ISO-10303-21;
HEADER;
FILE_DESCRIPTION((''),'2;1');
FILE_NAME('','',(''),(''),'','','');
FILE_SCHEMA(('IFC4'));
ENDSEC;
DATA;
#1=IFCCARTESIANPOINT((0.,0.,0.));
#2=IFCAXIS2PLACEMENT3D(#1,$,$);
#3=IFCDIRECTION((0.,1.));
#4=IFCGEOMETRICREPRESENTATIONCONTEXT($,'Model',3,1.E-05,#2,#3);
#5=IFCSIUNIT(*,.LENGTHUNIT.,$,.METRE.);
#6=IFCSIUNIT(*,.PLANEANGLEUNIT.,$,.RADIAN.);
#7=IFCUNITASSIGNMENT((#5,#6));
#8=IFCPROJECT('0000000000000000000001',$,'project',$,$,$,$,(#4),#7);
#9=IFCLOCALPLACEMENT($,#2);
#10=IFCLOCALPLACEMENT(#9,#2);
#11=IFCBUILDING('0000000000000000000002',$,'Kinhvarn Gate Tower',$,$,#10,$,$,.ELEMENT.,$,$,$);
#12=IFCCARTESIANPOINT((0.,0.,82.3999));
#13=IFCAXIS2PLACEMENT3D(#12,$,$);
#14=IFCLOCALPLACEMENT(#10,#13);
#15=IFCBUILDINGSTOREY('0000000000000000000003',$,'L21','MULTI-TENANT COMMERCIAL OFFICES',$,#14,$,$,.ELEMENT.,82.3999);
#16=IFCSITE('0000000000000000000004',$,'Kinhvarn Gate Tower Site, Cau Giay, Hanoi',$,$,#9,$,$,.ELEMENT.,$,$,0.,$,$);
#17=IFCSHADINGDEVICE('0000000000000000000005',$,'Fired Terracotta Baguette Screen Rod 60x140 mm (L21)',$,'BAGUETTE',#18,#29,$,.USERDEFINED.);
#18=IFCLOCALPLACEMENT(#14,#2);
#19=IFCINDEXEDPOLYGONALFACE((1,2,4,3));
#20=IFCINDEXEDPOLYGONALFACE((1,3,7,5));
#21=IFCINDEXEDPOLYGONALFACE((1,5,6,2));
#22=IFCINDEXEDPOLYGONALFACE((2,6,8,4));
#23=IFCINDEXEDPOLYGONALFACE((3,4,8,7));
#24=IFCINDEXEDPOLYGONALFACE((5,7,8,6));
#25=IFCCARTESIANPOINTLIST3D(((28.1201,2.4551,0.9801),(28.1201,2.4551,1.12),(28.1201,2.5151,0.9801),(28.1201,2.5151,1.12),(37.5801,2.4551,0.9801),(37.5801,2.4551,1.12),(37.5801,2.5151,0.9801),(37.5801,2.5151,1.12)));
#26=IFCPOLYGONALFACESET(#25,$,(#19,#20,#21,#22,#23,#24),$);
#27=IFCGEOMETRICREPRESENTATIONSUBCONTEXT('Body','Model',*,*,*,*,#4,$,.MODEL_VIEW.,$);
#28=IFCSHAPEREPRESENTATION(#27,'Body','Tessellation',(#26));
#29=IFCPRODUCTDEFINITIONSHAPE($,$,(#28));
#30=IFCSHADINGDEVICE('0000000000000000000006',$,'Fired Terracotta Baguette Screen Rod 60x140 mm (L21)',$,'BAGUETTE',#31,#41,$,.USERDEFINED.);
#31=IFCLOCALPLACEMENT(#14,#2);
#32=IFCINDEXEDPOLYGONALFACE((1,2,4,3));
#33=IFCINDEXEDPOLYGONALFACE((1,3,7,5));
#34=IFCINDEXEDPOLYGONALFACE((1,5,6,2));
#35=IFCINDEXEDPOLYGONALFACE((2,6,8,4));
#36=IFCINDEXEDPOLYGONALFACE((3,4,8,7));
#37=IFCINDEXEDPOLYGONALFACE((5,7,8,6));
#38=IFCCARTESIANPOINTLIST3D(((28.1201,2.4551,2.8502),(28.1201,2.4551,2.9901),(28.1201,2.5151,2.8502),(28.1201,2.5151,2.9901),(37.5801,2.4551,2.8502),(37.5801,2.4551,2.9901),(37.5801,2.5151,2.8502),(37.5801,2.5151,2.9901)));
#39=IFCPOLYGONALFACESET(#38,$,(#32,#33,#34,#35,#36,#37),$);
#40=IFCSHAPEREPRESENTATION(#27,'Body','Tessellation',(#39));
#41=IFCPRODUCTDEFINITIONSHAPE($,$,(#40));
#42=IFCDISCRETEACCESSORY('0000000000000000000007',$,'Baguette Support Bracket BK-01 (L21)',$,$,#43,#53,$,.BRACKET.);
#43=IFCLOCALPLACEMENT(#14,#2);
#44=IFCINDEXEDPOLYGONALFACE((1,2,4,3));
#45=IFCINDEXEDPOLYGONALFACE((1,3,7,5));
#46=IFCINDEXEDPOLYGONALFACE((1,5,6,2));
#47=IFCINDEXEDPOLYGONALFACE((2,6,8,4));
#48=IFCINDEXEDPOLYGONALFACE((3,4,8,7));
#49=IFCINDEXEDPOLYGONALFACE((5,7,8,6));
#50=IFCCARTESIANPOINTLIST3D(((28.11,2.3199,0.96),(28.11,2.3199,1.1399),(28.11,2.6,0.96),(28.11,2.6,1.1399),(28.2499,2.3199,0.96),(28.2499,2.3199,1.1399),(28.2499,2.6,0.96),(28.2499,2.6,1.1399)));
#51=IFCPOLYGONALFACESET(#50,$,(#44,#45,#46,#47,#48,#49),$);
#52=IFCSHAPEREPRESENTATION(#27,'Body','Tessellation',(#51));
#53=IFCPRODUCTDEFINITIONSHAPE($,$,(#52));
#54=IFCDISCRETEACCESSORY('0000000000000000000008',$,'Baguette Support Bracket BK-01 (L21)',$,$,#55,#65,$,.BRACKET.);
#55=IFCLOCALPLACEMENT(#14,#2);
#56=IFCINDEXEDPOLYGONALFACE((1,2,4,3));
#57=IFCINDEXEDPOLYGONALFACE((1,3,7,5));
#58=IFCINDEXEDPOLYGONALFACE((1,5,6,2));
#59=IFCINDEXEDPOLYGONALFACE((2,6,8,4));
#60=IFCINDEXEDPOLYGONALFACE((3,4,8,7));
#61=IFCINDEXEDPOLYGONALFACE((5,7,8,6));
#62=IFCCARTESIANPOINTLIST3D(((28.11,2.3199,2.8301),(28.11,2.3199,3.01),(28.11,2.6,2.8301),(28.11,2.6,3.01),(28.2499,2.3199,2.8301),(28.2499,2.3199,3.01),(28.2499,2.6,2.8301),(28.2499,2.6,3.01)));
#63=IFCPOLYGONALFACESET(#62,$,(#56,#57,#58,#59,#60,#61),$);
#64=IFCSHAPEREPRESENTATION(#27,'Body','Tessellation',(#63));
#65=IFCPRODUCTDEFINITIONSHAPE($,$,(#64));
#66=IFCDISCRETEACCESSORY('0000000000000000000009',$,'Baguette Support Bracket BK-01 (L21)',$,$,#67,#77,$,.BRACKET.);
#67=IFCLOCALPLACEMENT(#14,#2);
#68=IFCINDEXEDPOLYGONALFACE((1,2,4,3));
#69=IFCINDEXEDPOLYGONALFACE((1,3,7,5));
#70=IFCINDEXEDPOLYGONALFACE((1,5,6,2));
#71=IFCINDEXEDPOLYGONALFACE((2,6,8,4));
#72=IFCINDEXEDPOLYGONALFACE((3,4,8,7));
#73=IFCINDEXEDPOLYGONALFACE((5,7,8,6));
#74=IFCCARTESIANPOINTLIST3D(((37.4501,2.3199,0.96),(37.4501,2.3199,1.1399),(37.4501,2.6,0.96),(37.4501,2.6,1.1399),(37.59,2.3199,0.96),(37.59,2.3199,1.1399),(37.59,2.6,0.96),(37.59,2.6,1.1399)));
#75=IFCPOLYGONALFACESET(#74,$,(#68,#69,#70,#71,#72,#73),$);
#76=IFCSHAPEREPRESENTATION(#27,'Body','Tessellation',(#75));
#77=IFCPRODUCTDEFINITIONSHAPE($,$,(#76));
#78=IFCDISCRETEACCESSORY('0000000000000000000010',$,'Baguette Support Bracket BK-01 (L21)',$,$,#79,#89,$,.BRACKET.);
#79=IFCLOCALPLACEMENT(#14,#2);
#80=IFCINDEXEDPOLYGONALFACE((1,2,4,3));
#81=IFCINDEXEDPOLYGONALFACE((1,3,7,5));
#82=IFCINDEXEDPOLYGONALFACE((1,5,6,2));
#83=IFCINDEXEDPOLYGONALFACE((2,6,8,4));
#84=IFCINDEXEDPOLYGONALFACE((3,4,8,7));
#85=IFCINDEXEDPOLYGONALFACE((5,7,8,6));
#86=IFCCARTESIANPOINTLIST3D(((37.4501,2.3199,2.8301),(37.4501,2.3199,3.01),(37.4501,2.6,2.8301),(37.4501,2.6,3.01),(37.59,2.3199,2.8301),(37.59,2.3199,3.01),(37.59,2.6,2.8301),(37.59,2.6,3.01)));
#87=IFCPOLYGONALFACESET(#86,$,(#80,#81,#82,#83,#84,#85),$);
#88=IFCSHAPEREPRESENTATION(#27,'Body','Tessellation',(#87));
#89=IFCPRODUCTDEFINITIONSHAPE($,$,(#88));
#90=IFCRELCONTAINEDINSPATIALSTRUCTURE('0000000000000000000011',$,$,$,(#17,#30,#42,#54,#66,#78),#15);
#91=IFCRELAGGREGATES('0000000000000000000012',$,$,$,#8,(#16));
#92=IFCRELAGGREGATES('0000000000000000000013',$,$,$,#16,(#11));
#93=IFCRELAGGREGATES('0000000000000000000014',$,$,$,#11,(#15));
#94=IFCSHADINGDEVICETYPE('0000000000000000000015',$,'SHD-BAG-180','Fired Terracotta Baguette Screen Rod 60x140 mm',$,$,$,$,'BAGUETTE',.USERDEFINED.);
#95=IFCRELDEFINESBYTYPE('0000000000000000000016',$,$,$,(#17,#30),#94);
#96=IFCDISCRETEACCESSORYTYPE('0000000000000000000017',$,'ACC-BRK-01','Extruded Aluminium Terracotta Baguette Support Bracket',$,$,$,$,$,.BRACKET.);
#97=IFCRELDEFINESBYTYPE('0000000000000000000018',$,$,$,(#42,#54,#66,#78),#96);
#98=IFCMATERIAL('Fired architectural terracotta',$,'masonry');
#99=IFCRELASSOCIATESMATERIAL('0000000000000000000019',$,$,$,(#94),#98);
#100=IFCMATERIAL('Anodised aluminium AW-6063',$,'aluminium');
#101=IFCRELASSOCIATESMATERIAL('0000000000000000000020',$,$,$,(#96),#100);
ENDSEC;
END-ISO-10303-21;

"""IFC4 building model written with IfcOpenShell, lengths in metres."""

from ifc_helpers import new_model, si_unit, direction, frame, origin, origin_2d, place, context, subcontext, project, spatial, rectangle, extrude, material, material_profile, profile_set, type_object, element, save


model = new_model("IFC4")

# Units and contexts
model_context = context("Model", 3, precision=1e-05, world=origin(), true_north=direction((0.0, 1.0)))
body_context = subcontext(model_context, "Body", "Model", "MODEL_VIEW")
ifc_project = project(units=[si_unit("LENGTHUNIT", "METRE"), si_unit("PLANEANGLEUNIT", "RADIAN")], contexts=[model_context])

# Site, building, storey
site_placement = place(None, origin())
site = spatial("IfcSite", under=ifc_project, at=site_placement, Name="Kinhvarn Gate Tower Site, Cau Giay, Hanoi", CompositionType="ELEMENT", RefElevation=0.0)
building_placement = place(site_placement, origin())
building = spatial("IfcBuilding", under=site, at=building_placement, Name="Kinhvarn Gate Tower", CompositionType="ELEMENT")
storey_placement = place(building_placement, frame((0.0, 0.0, 82.3999)))
storey = spatial("IfcBuildingStorey", under=building, at=storey_placement, Name="L21", Description="MULTI-TENANT COMMERCIAL OFFICES", CompositionType="ELEMENT", Elevation=82.3999)

# Shared definitions
ifc_material_1 = material(Name="Anodised aluminium AW-6063", Category="aluminium")

# Shading devices
ifc_material_2 = material(Name="Fired architectural terracotta", Category="masonry")
ifc_material_profile_1 = material_profile(ifc_material_2, rectangle(XDim=0.0601, YDim=0.1399, at=origin_2d()), Name="TC 60x140")
ifc_profile_set_1 = profile_set([ifc_material_profile_1], Name="Fired architectural terracotta")
shading_device_type = type_object("IfcShadingDeviceType", Name="SHD-BAG-180", Description="Fired Terracotta Baguette Screen Rod 60x140 mm", ElementType="BAGUETTE", PredefinedType="USERDEFINED", material=ifc_profile_set_1)
for number, where, z_axis, x_axis, name in (
    (1, (28.1201, 2.4851, 1.05), (1.0, 0.0, 0.0), (0.0, 1.0, 0.0), "Fired Terracotta Baguette Screen Rod 60x140 mm (L21)"),
    (2, (28.1201, 2.4851, 2.9202), (1.0, 0.0, 0.0), (0.0, 1.0, 0.0), "Fired Terracotta Baguette Screen Rod 60x140 mm (L21)"),
):
    element("IfcShadingDevice", number, at=place(storey_placement, frame(where, z_axis=z_axis, x_axis=x_axis)), inside=storey, type_object=shading_device_type, Name=name, ObjectType="BAGUETTE", PredefinedType="USERDEFINED", context=body_context, shape_type="SweptSolid", body=[
        extrude(rectangle(XDim=0.0601, YDim=0.1399, at=origin_2d()), origin(), (0.0, 0.0, 1.0), 9.46),
    ])

# Discrete accessories
discrete_accessory_type = type_object("IfcDiscreteAccessoryType", Name="ACC-BRK-01", Description="Extruded Aluminium Terracotta Baguette Support Bracket", PredefinedType="BRACKET", material=ifc_material_1)
for number, where, z_axis, x_axis, name in (
    (3, (28.1799, 2.46, 0.96), (0.0, 0.0, 1.0), (1.0, 0.0, 0.0), "Baguette Support Bracket BK-01 (L21)"),
    (4, (28.1799, 2.46, 2.8301), (0.0, 0.0, 1.0), (1.0, 0.0, 0.0), "Baguette Support Bracket BK-01 (L21)"),
    (5, (37.52, 2.46, 0.96), (0.0, 0.0, 1.0), (1.0, 0.0, 0.0), "Baguette Support Bracket BK-01 (L21)"),
    (6, (37.52, 2.46, 2.8301), (0.0, 0.0, 1.0), (1.0, 0.0, 0.0), "Baguette Support Bracket BK-01 (L21)"),
):
    element("IfcDiscreteAccessory", number, at=place(storey_placement, frame(where, z_axis=z_axis, x_axis=x_axis)), inside=storey, type_object=discrete_accessory_type, Name=name, PredefinedType="BRACKET", context=body_context, shape_type="SweptSolid", body=[
        extrude(rectangle(XDim=0.1399, YDim=0.28, at=origin_2d()), origin(), (0.0, 0.0, 1.0), 0.1799),
    ])

save(model, "model.ifc")
